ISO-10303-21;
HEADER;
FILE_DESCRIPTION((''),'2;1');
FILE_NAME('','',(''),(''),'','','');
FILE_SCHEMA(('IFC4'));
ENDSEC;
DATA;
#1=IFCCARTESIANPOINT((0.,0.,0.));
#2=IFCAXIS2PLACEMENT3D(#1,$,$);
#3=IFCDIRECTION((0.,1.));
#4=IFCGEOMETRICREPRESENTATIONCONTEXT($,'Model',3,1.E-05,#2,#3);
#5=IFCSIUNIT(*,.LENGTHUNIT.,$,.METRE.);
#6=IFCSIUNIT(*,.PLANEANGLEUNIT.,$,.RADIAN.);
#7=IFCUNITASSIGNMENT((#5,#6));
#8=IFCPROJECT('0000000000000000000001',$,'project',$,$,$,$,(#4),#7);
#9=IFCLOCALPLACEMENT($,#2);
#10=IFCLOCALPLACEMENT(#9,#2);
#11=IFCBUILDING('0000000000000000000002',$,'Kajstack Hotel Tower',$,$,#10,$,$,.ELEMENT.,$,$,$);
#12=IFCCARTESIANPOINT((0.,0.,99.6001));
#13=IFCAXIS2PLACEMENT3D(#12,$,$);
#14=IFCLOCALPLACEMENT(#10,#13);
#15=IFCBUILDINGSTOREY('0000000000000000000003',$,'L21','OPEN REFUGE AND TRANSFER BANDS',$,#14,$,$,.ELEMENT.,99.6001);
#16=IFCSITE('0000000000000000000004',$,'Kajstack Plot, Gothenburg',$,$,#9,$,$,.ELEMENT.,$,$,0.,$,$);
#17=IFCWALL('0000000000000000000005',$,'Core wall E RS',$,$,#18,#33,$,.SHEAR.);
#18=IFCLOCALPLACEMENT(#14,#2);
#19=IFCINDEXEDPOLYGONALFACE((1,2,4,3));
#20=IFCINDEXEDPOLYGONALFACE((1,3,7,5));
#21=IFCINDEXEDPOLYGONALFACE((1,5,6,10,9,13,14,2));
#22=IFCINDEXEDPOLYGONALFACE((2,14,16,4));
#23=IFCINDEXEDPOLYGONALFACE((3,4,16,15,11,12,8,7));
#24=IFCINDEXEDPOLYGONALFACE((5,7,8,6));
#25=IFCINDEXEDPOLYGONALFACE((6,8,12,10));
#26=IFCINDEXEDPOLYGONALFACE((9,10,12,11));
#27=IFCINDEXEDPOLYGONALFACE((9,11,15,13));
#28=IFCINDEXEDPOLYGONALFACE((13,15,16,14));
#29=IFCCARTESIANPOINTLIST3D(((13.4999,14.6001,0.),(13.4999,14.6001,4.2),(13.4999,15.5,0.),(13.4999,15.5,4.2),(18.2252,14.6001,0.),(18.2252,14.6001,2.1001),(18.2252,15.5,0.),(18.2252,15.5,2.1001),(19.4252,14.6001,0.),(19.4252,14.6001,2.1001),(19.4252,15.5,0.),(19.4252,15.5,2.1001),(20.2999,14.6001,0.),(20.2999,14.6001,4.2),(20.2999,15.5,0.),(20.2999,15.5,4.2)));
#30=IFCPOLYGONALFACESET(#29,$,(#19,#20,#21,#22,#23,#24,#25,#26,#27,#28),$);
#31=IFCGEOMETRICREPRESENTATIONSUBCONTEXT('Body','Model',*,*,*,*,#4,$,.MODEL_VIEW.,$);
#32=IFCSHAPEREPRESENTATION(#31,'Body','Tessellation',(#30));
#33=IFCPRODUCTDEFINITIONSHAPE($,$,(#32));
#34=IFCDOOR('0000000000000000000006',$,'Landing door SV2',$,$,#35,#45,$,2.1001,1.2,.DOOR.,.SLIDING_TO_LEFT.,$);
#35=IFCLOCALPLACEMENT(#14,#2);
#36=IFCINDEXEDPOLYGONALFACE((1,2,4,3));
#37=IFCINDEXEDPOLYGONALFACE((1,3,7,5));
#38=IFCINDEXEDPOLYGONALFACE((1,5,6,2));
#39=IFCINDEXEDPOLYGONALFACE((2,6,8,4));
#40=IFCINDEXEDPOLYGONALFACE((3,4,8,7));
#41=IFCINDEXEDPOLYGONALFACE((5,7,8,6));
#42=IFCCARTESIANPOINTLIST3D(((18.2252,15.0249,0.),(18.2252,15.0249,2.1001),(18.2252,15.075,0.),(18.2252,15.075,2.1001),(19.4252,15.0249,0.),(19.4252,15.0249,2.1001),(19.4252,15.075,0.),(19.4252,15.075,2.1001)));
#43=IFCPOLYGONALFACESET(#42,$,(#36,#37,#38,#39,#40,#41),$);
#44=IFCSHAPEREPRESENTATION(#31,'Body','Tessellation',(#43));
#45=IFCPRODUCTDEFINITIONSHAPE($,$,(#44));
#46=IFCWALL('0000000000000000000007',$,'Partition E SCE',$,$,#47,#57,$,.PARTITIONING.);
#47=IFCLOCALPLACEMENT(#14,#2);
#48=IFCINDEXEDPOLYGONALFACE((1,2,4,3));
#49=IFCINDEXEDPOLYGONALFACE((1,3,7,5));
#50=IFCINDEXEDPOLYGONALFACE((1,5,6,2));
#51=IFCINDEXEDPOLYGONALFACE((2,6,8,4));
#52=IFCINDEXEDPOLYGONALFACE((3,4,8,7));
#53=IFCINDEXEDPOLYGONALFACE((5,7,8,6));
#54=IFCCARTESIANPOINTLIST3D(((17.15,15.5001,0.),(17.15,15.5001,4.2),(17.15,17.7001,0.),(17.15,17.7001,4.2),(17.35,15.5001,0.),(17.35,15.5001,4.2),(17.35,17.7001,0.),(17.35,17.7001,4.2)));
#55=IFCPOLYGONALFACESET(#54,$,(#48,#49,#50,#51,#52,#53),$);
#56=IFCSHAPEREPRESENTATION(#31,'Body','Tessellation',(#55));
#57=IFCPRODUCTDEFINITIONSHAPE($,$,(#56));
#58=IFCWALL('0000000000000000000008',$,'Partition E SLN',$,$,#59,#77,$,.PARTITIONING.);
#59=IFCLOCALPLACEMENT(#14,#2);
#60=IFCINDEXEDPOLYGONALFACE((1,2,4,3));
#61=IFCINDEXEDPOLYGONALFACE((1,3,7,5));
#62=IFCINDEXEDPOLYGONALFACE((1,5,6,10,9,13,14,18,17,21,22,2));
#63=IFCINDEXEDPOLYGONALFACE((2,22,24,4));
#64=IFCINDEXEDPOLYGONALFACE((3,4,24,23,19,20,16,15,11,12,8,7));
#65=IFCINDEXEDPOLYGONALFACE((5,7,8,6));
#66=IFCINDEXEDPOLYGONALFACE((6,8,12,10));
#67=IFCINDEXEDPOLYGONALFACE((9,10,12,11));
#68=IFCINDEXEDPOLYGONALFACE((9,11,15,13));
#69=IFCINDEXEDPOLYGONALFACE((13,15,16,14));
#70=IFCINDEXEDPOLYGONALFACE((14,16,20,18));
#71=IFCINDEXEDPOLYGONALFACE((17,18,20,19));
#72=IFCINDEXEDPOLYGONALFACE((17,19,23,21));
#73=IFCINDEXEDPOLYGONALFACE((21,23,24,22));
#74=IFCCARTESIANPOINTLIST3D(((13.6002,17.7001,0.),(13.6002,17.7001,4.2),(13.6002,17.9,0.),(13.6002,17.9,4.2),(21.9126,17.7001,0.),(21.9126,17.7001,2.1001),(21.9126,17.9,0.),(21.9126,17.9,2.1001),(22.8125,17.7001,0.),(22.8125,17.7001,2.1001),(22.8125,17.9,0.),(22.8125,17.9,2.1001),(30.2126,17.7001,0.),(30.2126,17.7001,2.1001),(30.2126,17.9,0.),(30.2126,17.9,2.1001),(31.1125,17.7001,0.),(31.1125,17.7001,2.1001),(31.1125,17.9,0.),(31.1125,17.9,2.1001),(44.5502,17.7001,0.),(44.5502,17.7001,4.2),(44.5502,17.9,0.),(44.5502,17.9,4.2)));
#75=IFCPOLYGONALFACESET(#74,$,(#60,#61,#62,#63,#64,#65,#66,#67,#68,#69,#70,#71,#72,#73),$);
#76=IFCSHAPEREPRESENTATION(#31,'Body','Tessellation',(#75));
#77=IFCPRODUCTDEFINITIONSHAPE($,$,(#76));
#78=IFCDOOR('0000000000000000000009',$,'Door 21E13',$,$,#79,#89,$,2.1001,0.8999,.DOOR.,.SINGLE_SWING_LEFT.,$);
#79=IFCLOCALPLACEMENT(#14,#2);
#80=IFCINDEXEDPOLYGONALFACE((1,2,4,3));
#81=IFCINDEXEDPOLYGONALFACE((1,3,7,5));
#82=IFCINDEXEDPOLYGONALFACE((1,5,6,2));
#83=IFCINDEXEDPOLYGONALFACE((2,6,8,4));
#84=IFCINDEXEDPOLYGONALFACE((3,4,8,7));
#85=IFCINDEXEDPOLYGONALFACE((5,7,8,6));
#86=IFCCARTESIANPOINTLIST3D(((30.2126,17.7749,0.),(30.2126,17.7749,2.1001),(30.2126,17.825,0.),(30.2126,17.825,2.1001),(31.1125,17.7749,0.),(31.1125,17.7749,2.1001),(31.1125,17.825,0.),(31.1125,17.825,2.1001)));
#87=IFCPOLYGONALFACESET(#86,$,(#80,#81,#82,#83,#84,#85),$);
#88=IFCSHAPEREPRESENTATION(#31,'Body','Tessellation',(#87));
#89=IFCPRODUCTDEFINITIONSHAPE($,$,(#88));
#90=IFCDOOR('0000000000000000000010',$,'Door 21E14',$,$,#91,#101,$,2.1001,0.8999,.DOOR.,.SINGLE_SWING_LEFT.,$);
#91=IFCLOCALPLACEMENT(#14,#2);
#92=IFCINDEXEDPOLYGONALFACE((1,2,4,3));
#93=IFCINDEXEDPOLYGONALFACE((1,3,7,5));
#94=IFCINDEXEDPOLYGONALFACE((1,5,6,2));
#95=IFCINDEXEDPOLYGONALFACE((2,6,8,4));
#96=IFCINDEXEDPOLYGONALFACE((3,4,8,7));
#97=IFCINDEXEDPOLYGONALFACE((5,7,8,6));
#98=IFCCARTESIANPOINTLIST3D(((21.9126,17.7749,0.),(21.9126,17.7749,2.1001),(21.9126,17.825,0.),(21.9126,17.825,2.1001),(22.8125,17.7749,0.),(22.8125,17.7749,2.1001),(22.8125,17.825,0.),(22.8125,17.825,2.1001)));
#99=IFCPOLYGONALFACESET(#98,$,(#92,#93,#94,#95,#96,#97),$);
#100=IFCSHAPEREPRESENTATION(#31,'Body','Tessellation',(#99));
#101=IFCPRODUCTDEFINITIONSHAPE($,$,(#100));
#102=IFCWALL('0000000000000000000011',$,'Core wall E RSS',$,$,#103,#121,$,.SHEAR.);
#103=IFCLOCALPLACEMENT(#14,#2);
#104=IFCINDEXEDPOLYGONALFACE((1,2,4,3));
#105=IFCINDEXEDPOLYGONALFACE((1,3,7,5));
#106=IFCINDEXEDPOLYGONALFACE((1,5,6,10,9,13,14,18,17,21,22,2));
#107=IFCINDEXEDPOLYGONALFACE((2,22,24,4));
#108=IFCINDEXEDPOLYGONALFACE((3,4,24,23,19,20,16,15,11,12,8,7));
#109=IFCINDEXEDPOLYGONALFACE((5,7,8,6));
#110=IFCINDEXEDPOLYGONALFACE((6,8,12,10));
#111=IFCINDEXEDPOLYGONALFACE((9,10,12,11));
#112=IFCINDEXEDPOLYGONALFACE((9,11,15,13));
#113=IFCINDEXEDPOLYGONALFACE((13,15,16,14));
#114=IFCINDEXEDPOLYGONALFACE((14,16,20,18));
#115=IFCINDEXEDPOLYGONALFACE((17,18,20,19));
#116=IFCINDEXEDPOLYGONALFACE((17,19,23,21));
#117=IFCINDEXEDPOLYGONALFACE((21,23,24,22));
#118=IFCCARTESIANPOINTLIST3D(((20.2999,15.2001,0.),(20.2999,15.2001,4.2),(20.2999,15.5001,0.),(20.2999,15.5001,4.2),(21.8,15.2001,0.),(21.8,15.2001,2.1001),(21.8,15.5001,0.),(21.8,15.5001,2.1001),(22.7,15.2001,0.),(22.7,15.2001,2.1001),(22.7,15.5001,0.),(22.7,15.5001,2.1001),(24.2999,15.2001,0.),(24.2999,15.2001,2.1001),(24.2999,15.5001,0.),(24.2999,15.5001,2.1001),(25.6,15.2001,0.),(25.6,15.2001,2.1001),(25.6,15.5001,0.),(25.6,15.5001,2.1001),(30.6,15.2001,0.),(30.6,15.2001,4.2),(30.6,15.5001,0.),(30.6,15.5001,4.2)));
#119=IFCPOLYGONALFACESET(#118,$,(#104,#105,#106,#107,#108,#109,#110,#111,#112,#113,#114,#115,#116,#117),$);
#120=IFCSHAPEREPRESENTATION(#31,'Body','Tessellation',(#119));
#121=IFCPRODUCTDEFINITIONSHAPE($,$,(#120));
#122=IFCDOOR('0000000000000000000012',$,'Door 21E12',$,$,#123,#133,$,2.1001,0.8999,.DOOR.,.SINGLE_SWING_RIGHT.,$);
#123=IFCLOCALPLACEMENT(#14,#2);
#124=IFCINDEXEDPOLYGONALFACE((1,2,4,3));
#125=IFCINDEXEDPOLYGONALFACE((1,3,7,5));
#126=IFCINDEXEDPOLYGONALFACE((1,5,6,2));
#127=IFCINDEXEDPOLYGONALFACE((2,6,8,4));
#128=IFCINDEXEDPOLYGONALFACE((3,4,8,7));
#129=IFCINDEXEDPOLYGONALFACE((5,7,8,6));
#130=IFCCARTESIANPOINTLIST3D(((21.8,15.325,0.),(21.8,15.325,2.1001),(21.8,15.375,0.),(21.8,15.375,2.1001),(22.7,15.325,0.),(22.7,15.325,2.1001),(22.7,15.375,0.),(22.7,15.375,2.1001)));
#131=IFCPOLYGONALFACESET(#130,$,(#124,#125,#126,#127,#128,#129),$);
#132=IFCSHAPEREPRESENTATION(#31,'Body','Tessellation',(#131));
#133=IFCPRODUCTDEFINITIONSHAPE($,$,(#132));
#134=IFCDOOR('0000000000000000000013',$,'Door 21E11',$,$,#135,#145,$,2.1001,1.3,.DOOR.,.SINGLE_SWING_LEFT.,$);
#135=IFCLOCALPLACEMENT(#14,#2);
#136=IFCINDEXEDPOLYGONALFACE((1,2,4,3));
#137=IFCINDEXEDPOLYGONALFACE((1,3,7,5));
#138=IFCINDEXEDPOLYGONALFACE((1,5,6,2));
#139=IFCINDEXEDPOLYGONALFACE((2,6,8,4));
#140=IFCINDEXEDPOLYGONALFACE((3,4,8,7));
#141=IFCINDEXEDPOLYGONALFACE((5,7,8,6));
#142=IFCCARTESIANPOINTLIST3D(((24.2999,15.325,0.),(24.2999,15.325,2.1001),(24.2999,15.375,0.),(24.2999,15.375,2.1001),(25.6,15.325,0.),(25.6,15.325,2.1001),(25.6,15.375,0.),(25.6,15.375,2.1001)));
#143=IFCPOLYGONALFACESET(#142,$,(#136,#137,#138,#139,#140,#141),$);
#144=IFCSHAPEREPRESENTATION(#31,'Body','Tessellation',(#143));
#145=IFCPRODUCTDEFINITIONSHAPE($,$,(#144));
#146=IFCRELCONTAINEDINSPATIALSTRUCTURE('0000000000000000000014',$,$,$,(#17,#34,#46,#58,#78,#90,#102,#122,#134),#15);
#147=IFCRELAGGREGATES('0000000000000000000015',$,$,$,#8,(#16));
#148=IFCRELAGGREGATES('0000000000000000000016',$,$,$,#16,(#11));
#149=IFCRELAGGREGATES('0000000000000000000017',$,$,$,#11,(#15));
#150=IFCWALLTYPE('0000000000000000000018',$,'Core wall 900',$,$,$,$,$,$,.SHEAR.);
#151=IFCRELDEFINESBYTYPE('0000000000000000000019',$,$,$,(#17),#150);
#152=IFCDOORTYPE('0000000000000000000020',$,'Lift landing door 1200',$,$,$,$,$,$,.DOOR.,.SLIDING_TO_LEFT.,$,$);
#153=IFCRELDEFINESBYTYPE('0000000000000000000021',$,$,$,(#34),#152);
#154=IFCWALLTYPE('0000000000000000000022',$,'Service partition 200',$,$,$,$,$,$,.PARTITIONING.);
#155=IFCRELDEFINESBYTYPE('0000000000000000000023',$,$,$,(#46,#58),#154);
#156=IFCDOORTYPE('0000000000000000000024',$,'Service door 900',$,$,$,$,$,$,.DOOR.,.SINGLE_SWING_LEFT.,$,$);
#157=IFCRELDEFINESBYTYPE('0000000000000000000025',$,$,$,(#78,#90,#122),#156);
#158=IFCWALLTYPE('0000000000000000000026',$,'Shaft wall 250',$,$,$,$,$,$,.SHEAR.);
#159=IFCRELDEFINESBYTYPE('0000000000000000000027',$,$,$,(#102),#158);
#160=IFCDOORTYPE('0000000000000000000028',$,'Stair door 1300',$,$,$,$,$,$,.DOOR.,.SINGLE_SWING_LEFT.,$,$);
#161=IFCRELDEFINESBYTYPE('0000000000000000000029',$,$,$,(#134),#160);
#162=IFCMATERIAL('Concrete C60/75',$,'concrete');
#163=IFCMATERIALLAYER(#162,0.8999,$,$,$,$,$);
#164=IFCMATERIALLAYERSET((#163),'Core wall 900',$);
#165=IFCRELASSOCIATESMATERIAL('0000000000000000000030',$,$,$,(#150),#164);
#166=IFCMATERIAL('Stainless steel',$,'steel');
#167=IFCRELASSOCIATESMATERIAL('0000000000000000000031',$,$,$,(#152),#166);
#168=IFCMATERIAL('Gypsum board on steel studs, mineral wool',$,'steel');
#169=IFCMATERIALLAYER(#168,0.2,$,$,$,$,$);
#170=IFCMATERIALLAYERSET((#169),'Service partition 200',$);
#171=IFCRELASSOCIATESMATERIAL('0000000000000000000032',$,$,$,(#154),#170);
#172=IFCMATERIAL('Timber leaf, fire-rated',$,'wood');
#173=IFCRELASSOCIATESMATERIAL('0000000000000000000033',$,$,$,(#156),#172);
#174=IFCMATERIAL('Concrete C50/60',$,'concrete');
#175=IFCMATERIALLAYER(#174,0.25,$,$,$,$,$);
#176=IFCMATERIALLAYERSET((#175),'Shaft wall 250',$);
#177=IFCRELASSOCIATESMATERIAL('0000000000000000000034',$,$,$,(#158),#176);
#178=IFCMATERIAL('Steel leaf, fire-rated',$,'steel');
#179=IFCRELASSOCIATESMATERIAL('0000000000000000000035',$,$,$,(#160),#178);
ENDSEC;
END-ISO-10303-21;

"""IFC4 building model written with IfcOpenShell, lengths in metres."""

from ifc_helpers import new_model, si_unit, direction, frame, frame_2d, origin, place, context, subcontext, project, spatial, rectangle, extrude, material, layer, layer_set, type_object, element, fill, save


model = new_model("IFC4")

# Units and contexts
model_context = context("Model", 3, precision=1e-05, world=origin(), true_north=direction((0.0, 1.0)))
body_context = subcontext(model_context, "Body", "Model", "MODEL_VIEW")
ifc_project = project(units=[si_unit("LENGTHUNIT", "METRE"), si_unit("PLANEANGLEUNIT", "RADIAN")], contexts=[model_context])

# Site, building, storey
site_placement = place(None, origin())
site = spatial("IfcSite", under=ifc_project, at=site_placement, Name="Kajstack Plot, Gothenburg", CompositionType="ELEMENT", RefElevation=0.0)
building_placement = place(site_placement, origin())
building = spatial("IfcBuilding", under=site, at=building_placement, Name="Kajstack Hotel Tower", CompositionType="ELEMENT")
storey_placement = place(building_placement, frame((0.0, 0.0, 99.6001)))
storey = spatial("IfcBuildingStorey", under=building, at=storey_placement, Name="L21", Description="OPEN REFUGE AND TRANSFER BANDS", CompositionType="ELEMENT", Elevation=99.6001)

# Wall, opening, door
ifc_material_1 = material(Name="Concrete C60/75", Category="concrete")
ifc_layer_1 = layer(ifc_material_1, 0.8999)
ifc_layer_set_1 = layer_set([ifc_layer_1], Name="Core wall 900")
wall_type_1 = type_object("IfcWallType", Name="Core wall 900", PredefinedType="SHEAR", material=ifc_layer_set_1)
wall_1_placement = place(storey_placement, frame((13.5, 15.05, 0.0), z_axis=(0.0, 0.0, 1.0), x_axis=(1.0, 0.0, 0.0)))
wall_1 = element("IfcWall", 1, at=wall_1_placement, inside=storey, type_object=wall_type_1, Name="Core wall E RS", PredefinedType="SHEAR", context=body_context, shape_type="SweptSolid", body=[
    extrude(rectangle(XDim=6.8, YDim=0.8999, at=frame_2d((3.3999, 0.0))), origin(), (0.0, 0.0, 1.0), 4.2),
])
opening_1_placement = place(wall_1_placement, frame((4.7251, 0.0, 0.0)))
opening_1 = element("IfcOpeningElement", 2, at=opening_1_placement, cuts=wall_1, PredefinedType="OPENING", context=body_context, shape_type="SweptSolid", body=[
    extrude(rectangle(XDim=1.2, YDim=2.1001, at=frame_2d((0.6001, 1.05))), frame((0.0, 0.46, 0.0), z_axis=(0.0, -1.0, 0.0), x_axis=(1.0, 0.0, 0.0)), (0.0, 0.0, 1.0), 0.9199),
])
ifc_material_2 = material(Name="Stainless steel", Category="steel")
door_type_1 = type_object("IfcDoorType", Name="Lift landing door 1200", OperationType="SLIDING_TO_LEFT", PredefinedType="DOOR", material=ifc_material_2)
door_1_placement = place(opening_1_placement, origin())
door_1 = element("IfcDoor", 3, at=door_1_placement, inside=storey, type_object=door_type_1, Name="Landing door SV2", OperationType="SLIDING_TO_LEFT", OverallHeight=2.1001, OverallWidth=1.2, PredefinedType="DOOR", context=body_context, shape_type="SweptSolid", body=[
    extrude(rectangle(XDim=1.2, YDim=2.1001, at=frame_2d((0.6001, 1.05))), frame((0.0, 0.0249, 0.0), z_axis=(0.0, -1.0, 0.0), x_axis=(1.0, 0.0, 0.0)), (0.0, 0.0, 1.0), 0.05),
])
fill(opening_1, door_1)

# Wall
ifc_material_3 = material(Name="Gypsum board on steel studs, mineral wool", Category="steel")
ifc_layer_2 = layer(ifc_material_3, 0.2)
ifc_layer_set_2 = layer_set([ifc_layer_2], Name="Service partition 200")
wall_type_2 = type_object("IfcWallType", Name="Service partition 200", PredefinedType="PARTITIONING", material=ifc_layer_set_2)
wall_2_placement = place(storey_placement, frame((17.25, 15.5, 0.0), z_axis=(0.0, 0.0, 1.0), x_axis=(0.0, 1.0, 0.0)))
element("IfcWall", 4, at=wall_2_placement, inside=storey, type_object=wall_type_2, Name="Partition E SCE", PredefinedType="PARTITIONING", context=body_context, shape_type="SweptSolid", body=[
    extrude(rectangle(XDim=2.2, YDim=0.2, at=frame_2d((1.1001, 0.0))), origin(), (0.0, 0.0, 1.0), 4.2),
])

# Walls, openings, doors
wall_3_placement = place(storey_placement, frame((13.6001, 17.8, 0.0), z_axis=(0.0, 0.0, 1.0), x_axis=(1.0, 0.0, 0.0)))
wall_3 = element("IfcWall", 5, at=wall_3_placement, inside=storey, type_object=wall_type_2, Name="Partition E SLN", PredefinedType="PARTITIONING", context=body_context, shape_type="SweptSolid", body=[
    extrude(rectangle(XDim=30.95, YDim=0.2, at=frame_2d((15.4751, 0.0))), origin(), (0.0, 0.0, 1.0), 4.2),
])
opening_2_placement = place(wall_3_placement, frame((16.6125, 0.0, 0.0)))
opening_2 = element("IfcOpeningElement", 6, at=opening_2_placement, cuts=wall_3, PredefinedType="OPENING", context=body_context, shape_type="SweptSolid", body=[
    extrude(rectangle(XDim=0.8999, YDim=2.1001, at=frame_2d((0.45, 1.05))), frame((0.0, 0.1099, 0.0), z_axis=(0.0, -1.0, 0.0), x_axis=(1.0, 0.0, 0.0)), (0.0, 0.0, 1.0), 0.22),
])
opening_3_placement = place(wall_3_placement, frame((8.3125, 0.0, 0.0)))
opening_3 = element("IfcOpeningElement", 7, at=opening_3_placement, cuts=wall_3, PredefinedType="OPENING", context=body_context, shape_type="SweptSolid", body=[
    extrude(rectangle(XDim=0.8999, YDim=2.1001, at=frame_2d((0.45, 1.05))), frame((0.0, 0.1099, 0.0), z_axis=(0.0, -1.0, 0.0), x_axis=(1.0, 0.0, 0.0)), (0.0, 0.0, 1.0), 0.22),
])
ifc_material_4 = material(Name="Timber leaf, fire-rated", Category="wood")
door_type_2 = type_object("IfcDoorType", Name="Service door 900", OperationType="SINGLE_SWING_LEFT", PredefinedType="DOOR", material=ifc_material_4)
door_2_placement = place(opening_2_placement, origin())
door_2 = element("IfcDoor", 8, at=door_2_placement, inside=storey, type_object=door_type_2, Name="Door 21E13", OperationType="SINGLE_SWING_LEFT", OverallHeight=2.1001, OverallWidth=0.8999, PredefinedType="DOOR", context=body_context, shape_type="SweptSolid", body=[
    extrude(rectangle(XDim=0.8999, YDim=2.1001, at=frame_2d((0.45, 1.05))), frame((0.0, 0.0249, 0.0), z_axis=(0.0, -1.0, 0.0), x_axis=(1.0, 0.0, 0.0)), (0.0, 0.0, 1.0), 0.05),
])
fill(opening_2, door_2)
door_3_placement = place(opening_3_placement, origin())
door_3 = element("IfcDoor", 9, at=door_3_placement, inside=storey, type_object=door_type_2, Name="Door 21E14", OperationType="SINGLE_SWING_LEFT", OverallHeight=2.1001, OverallWidth=0.8999, PredefinedType="DOOR", context=body_context, shape_type="SweptSolid", body=[
    extrude(rectangle(XDim=0.8999, YDim=2.1001, at=frame_2d((0.45, 1.05))), frame((0.0, 0.0249, 0.0), z_axis=(0.0, -1.0, 0.0), x_axis=(1.0, 0.0, 0.0)), (0.0, 0.0, 1.0), 0.05),
])
fill(opening_3, door_3)
ifc_material_5 = material(Name="Concrete C50/60", Category="concrete")
ifc_layer_3 = layer(ifc_material_5, 0.25)
ifc_layer_set_3 = layer_set([ifc_layer_3], Name="Shaft wall 250")
wall_type_3 = type_object("IfcWallType", Name="Shaft wall 250", PredefinedType="SHEAR", material=ifc_layer_set_3)
wall_4_placement = place(storey_placement, frame((20.3, 15.3501, 0.0), z_axis=(0.0, 0.0, 1.0), x_axis=(1.0, 0.0, 0.0)))
wall_4 = element("IfcWall", 10, at=wall_4_placement, inside=storey, type_object=wall_type_3, Name="Core wall E RSS", PredefinedType="SHEAR", context=body_context, shape_type="SweptSolid", body=[
    extrude(rectangle(XDim=10.3, YDim=0.3, at=frame_2d((5.1499, 0.0))), origin(), (0.0, 0.0, 1.0), 4.2),
])
opening_4_placement = place(wall_4_placement, frame((4.0, 0.0, 0.0)))
opening_4 = element("IfcOpeningElement", 11, at=opening_4_placement, cuts=wall_4, PredefinedType="OPENING", context=body_context, shape_type="SweptSolid", body=[
    extrude(rectangle(XDim=1.3, YDim=2.1001, at=frame_2d((0.6499, 1.05))), frame((0.0, 0.1599, 0.0), z_axis=(0.0, -1.0, 0.0), x_axis=(1.0, 0.0, 0.0)), (0.0, 0.0, 1.0), 0.3201),
])
opening_5_placement = place(wall_4_placement, frame((1.5, 0.0, 0.0)))
opening_5 = element("IfcOpeningElement", 12, at=opening_5_placement, cuts=wall_4, PredefinedType="OPENING", context=body_context, shape_type="SweptSolid", body=[
    extrude(rectangle(XDim=0.8999, YDim=2.1001, at=frame_2d((0.45, 1.05))), frame((0.0, 0.1599, 0.0), z_axis=(0.0, -1.0, 0.0), x_axis=(1.0, 0.0, 0.0)), (0.0, 0.0, 1.0), 0.3201),
])
door_4_placement = place(opening_5_placement, origin())
door_4 = element("IfcDoor", 13, at=door_4_placement, inside=storey, type_object=door_type_2, Name="Door 21E12", OperationType="SINGLE_SWING_RIGHT", OverallHeight=2.1001, OverallWidth=0.8999, PredefinedType="DOOR", context=body_context, shape_type="SweptSolid", body=[
    extrude(rectangle(XDim=0.8999, YDim=2.1001, at=frame_2d((0.45, 1.05))), frame((0.0, 0.0249, 0.0), z_axis=(0.0, -1.0, 0.0), x_axis=(1.0, 0.0, 0.0)), (0.0, 0.0, 1.0), 0.05),
])
fill(opening_5, door_4)
ifc_material_6 = material(Name="Steel leaf, fire-rated", Category="steel")
door_type_3 = type_object("IfcDoorType", Name="Stair door 1300", OperationType="SINGLE_SWING_LEFT", PredefinedType="DOOR", material=ifc_material_6)
door_5_placement = place(opening_4_placement, origin())
door_5 = element("IfcDoor", 14, at=door_5_placement, inside=storey, type_object=door_type_3, Name="Door 21E11", OperationType="SINGLE_SWING_LEFT", OverallHeight=2.1001, OverallWidth=1.3, PredefinedType="DOOR", context=body_context, shape_type="SweptSolid", body=[
    extrude(rectangle(XDim=1.3, YDim=2.1001, at=frame_2d((0.6499, 1.05))), frame((0.0, 0.0249, 0.0), z_axis=(0.0, -1.0, 0.0), x_axis=(1.0, 0.0, 0.0)), (0.0, 0.0, 1.0), 0.05),
])
fill(opening_4, door_5)

save(model, "model.ifc")
